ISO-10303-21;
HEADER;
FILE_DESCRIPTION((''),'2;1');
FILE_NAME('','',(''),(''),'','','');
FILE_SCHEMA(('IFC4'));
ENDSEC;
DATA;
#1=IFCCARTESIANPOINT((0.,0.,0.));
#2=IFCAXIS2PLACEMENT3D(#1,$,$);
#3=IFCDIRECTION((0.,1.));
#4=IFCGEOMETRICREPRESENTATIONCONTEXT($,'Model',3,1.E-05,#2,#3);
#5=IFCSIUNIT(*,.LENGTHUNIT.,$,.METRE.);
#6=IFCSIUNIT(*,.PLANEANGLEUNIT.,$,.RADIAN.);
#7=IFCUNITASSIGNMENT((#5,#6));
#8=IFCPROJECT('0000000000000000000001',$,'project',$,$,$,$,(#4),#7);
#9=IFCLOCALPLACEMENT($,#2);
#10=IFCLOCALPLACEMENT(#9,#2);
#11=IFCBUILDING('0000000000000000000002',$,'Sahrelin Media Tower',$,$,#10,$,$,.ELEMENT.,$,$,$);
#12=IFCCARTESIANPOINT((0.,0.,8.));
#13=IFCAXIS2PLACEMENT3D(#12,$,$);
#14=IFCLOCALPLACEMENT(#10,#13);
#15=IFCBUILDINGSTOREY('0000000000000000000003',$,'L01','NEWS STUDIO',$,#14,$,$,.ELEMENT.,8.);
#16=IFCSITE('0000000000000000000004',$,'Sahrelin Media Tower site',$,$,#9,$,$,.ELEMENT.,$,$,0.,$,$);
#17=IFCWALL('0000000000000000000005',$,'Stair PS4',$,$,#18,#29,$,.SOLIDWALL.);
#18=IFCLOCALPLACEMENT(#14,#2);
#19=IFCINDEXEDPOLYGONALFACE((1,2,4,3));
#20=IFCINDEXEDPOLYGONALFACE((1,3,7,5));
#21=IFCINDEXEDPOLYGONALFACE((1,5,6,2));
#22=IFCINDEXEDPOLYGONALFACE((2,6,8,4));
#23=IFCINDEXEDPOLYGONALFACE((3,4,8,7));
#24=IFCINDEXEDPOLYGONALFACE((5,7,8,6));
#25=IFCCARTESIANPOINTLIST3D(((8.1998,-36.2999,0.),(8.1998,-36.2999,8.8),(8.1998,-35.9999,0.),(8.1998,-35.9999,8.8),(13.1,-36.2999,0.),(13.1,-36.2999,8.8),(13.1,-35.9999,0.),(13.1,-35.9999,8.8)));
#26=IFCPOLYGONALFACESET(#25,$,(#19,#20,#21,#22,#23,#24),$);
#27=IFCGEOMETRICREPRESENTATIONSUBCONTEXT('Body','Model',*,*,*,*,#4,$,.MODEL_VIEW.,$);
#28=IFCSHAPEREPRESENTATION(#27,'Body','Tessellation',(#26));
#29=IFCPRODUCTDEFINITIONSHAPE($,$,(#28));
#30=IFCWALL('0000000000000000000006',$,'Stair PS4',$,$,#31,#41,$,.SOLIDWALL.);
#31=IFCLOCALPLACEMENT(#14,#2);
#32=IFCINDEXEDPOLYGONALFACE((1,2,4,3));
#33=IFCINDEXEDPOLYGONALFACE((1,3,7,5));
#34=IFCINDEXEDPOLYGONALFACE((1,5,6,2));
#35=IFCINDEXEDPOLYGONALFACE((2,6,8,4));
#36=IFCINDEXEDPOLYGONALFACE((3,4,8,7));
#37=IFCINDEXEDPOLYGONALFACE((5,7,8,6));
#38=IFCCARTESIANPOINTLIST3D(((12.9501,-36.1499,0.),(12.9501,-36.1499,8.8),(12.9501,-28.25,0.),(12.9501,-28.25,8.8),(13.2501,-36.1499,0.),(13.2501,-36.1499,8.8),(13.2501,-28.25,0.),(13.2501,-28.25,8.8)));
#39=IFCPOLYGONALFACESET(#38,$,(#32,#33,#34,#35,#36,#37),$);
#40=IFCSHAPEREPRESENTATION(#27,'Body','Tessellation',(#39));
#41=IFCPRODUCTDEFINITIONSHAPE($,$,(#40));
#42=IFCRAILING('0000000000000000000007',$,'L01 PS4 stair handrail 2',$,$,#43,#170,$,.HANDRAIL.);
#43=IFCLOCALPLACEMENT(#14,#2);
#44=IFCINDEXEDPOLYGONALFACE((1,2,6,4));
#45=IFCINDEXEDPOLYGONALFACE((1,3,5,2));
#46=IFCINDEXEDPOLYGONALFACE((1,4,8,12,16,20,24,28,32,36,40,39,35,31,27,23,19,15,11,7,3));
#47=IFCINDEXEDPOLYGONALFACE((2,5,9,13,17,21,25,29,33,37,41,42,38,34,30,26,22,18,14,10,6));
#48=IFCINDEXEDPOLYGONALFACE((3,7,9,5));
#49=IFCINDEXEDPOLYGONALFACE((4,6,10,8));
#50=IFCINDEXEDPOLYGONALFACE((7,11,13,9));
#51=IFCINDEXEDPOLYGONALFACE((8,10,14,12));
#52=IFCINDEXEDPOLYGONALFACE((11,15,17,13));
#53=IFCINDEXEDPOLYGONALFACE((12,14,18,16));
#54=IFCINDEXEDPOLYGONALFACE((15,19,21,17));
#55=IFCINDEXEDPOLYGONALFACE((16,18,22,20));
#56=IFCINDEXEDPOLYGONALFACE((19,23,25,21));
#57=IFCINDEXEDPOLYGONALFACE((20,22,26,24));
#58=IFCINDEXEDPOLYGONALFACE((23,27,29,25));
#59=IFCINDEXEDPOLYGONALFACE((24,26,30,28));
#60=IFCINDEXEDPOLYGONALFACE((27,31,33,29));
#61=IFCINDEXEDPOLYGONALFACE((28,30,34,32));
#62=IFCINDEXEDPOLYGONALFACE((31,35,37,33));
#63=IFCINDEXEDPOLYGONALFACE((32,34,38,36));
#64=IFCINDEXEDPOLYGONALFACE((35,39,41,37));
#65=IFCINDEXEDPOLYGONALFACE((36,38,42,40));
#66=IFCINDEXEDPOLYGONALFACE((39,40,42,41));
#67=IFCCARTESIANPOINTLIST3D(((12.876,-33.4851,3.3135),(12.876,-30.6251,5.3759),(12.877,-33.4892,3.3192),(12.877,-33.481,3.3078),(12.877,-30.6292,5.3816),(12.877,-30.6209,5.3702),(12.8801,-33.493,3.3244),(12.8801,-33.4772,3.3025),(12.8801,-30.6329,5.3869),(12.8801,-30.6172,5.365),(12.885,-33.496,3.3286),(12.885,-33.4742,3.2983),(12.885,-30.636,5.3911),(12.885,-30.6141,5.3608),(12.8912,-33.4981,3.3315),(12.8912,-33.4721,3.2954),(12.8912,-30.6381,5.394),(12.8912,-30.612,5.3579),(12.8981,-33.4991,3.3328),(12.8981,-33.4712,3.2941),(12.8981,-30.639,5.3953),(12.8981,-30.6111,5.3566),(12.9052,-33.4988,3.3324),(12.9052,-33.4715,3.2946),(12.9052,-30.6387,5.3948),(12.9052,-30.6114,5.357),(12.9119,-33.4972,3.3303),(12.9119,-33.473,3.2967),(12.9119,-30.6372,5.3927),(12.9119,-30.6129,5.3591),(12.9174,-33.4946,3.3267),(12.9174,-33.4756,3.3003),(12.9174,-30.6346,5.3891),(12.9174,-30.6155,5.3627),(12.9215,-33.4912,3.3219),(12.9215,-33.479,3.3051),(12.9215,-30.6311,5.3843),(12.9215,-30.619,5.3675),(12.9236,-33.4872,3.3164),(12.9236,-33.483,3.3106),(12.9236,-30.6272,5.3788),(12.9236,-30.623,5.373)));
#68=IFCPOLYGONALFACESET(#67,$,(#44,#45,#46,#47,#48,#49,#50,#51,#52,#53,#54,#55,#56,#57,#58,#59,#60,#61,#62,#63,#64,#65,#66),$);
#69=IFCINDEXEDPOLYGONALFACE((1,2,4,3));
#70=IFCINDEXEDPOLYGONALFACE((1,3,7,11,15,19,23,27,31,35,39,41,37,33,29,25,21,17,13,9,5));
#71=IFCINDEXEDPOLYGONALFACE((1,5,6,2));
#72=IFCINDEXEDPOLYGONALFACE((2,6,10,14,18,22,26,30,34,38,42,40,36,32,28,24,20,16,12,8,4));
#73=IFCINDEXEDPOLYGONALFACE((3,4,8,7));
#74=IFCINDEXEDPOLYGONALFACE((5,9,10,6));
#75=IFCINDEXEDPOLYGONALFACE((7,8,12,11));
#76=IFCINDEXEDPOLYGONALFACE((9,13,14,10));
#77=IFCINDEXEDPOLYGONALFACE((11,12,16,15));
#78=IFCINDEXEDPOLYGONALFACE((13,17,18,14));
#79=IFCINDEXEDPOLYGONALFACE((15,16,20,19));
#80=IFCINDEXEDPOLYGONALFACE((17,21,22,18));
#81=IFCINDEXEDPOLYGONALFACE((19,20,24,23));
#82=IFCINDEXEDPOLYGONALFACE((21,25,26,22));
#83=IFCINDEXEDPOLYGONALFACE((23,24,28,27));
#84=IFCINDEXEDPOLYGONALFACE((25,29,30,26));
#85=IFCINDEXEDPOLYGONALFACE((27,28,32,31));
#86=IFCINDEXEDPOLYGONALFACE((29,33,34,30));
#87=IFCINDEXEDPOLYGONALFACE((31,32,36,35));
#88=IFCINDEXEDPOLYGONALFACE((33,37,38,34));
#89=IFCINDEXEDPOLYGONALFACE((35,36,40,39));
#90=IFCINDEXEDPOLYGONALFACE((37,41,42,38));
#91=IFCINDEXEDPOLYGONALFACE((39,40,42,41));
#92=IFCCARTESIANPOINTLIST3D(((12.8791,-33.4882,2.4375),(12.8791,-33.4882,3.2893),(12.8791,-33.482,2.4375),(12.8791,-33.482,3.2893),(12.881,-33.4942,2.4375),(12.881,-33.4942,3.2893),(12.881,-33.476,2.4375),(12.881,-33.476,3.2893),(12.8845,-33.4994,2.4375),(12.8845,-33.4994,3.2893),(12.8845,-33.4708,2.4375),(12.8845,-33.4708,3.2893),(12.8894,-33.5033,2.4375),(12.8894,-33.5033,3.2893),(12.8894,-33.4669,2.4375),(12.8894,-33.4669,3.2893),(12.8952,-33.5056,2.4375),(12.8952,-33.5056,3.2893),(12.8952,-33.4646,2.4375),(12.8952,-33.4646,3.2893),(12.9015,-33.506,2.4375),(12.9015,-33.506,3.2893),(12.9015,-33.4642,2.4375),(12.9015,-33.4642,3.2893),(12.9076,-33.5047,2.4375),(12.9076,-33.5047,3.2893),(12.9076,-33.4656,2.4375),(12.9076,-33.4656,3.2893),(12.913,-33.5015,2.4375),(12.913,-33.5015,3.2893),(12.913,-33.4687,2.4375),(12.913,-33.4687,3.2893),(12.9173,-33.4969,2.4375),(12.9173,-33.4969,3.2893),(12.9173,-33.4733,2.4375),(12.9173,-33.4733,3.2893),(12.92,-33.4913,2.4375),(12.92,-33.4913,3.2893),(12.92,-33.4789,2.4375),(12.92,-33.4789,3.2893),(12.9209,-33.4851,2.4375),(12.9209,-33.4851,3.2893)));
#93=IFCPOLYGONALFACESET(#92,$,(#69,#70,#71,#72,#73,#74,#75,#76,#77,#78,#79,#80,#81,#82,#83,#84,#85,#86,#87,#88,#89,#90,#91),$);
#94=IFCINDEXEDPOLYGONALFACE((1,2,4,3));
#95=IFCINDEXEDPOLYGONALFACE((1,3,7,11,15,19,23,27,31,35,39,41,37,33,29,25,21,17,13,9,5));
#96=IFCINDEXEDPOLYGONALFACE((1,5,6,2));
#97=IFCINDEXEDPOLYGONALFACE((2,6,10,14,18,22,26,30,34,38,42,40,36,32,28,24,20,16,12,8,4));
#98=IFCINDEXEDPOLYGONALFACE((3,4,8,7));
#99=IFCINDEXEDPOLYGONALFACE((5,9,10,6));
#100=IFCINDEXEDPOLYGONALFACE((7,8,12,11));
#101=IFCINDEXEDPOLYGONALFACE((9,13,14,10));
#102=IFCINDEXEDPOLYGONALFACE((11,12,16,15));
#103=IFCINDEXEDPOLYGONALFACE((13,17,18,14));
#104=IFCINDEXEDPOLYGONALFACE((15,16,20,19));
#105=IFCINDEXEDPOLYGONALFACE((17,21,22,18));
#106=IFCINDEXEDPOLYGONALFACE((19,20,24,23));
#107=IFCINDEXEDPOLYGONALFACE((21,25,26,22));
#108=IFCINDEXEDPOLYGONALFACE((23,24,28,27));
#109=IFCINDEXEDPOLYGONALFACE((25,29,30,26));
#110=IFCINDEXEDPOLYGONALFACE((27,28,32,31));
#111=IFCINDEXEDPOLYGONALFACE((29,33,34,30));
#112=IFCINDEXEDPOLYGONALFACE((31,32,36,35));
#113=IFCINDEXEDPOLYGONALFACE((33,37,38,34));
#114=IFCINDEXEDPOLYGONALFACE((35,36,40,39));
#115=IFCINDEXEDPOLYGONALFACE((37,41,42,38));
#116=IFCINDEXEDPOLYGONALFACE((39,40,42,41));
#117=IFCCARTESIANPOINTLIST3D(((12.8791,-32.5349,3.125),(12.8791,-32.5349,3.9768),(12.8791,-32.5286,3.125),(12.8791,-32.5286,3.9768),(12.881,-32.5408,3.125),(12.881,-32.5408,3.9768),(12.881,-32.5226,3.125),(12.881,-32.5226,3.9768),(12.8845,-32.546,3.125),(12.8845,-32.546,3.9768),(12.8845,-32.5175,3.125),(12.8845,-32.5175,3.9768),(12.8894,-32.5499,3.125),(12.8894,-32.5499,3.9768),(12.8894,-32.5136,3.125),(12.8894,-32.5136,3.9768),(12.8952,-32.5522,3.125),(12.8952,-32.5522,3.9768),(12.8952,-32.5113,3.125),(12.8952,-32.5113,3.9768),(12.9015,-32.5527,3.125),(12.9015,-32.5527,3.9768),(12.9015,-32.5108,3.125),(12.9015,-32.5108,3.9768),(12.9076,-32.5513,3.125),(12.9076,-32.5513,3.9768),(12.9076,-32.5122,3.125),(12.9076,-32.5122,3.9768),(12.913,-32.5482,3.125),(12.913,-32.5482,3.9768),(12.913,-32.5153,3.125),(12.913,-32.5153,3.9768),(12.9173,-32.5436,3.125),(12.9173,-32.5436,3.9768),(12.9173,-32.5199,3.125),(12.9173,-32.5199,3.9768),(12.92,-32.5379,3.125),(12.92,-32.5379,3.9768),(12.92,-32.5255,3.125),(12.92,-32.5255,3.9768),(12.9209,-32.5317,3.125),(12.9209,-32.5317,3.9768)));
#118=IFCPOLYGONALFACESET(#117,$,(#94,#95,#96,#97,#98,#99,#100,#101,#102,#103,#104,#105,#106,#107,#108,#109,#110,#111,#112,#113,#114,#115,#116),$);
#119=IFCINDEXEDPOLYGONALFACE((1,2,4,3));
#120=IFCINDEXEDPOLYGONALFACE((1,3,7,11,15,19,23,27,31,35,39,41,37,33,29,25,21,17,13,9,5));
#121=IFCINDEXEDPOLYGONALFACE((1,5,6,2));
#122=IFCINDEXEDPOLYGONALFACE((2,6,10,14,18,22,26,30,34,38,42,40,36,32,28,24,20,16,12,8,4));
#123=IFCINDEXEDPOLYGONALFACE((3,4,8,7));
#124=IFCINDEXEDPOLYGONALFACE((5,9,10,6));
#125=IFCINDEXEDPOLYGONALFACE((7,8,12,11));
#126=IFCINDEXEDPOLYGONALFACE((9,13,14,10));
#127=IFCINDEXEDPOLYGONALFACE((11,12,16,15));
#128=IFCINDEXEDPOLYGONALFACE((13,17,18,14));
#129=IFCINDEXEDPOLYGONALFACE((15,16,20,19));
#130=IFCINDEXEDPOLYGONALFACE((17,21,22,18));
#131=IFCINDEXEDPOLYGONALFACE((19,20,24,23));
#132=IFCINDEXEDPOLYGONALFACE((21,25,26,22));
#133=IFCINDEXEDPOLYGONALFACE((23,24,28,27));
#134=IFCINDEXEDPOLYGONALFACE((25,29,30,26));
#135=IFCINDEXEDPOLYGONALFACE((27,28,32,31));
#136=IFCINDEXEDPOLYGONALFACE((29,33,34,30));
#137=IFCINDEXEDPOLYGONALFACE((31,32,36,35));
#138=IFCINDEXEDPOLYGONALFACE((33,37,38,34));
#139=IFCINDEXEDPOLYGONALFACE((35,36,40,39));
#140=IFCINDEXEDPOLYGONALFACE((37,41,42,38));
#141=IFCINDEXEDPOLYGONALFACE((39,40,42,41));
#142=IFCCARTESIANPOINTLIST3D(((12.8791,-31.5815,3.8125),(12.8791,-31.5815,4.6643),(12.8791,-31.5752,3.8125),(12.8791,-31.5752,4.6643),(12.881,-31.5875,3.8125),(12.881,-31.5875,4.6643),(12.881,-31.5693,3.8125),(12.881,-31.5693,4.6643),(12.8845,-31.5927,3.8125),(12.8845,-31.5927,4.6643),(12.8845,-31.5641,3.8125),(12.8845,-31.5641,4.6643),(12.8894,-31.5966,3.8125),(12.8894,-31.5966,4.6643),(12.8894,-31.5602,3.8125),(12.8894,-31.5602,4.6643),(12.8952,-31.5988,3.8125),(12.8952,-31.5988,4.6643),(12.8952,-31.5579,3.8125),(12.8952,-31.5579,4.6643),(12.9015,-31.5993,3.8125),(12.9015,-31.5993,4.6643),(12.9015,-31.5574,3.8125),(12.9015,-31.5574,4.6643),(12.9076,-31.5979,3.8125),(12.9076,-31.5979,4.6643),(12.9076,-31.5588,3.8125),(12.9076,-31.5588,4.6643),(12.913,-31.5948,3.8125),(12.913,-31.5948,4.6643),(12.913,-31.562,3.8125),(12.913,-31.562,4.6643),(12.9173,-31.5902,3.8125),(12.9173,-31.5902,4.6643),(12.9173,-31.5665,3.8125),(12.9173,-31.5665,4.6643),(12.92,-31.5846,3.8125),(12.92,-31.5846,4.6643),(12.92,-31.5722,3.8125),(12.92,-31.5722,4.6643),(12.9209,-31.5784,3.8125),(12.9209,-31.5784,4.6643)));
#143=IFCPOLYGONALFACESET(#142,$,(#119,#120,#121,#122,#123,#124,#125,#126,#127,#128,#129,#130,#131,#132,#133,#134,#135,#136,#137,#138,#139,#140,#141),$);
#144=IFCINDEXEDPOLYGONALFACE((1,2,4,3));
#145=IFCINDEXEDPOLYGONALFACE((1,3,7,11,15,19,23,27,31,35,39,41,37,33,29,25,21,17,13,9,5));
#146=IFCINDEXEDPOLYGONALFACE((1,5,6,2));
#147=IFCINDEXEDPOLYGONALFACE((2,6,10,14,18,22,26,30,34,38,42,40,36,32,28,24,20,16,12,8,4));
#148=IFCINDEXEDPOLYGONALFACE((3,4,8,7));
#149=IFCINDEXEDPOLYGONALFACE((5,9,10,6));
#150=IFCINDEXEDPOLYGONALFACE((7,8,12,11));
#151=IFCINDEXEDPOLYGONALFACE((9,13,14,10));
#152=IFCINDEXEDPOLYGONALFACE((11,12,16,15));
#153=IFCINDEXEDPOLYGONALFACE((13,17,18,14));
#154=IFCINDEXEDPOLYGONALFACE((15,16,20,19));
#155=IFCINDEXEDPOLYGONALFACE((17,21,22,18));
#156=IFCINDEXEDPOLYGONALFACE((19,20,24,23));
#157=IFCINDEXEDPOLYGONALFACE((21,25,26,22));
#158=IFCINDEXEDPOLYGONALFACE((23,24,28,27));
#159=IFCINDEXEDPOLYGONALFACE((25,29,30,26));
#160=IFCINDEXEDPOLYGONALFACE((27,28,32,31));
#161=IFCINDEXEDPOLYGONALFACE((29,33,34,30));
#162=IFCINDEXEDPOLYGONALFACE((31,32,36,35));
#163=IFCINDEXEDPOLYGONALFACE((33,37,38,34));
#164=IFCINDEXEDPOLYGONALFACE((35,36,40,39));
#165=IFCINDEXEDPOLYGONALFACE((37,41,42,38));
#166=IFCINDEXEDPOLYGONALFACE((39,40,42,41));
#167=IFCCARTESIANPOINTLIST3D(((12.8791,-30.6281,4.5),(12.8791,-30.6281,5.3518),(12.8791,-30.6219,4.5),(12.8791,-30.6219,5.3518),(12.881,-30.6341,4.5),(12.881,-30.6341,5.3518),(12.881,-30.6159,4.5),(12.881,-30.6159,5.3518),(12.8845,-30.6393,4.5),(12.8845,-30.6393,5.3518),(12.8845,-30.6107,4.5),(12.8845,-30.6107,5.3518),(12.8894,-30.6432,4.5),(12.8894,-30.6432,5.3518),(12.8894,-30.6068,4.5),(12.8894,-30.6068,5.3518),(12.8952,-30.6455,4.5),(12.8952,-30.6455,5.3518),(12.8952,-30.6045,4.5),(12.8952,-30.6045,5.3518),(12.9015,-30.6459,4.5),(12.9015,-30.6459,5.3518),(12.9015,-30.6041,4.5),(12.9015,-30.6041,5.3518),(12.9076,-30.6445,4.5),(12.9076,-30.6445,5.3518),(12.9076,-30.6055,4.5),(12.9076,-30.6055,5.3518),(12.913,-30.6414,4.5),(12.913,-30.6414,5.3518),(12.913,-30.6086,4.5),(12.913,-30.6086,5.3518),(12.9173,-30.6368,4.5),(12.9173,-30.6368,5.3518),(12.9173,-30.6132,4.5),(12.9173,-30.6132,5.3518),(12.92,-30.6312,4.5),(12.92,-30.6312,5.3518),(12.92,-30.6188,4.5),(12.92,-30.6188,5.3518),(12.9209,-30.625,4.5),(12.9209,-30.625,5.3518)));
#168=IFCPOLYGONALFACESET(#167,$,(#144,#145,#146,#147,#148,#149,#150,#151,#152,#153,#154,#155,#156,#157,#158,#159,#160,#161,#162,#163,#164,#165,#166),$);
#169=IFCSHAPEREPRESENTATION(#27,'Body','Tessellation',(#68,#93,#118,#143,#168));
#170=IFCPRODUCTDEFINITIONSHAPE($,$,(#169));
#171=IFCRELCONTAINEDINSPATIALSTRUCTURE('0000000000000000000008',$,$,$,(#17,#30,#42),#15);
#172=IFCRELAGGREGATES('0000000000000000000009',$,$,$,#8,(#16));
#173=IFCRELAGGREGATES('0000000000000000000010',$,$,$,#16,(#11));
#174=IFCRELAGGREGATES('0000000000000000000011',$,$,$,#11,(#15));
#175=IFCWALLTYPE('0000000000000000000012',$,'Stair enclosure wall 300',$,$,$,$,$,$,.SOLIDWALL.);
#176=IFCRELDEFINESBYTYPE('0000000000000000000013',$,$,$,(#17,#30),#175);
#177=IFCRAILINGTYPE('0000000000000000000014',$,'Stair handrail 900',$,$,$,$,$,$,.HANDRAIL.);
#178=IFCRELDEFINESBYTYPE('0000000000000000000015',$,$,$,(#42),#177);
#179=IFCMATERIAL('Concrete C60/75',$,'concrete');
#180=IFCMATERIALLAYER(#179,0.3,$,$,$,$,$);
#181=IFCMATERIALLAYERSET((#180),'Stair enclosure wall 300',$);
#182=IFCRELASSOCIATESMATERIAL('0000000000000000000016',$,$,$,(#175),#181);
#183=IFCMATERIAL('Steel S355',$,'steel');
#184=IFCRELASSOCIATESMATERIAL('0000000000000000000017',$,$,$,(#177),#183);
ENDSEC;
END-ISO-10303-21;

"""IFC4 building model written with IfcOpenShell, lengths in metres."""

from ifc_helpers import new_model, si_unit, direction, frame, frame_2d, origin, origin_2d, place, context, subcontext, project, spatial, rectangle, circle, extrude, material, layer, layer_set, type_object, element, save


model = new_model("IFC4")

# Units and contexts
model_context = context("Model", 3, precision=1e-05, world=origin(), true_north=direction((0.0, 1.0)))
body_context = subcontext(model_context, "Body", "Model", "MODEL_VIEW")
ifc_project = project(units=[si_unit("LENGTHUNIT", "METRE"), si_unit("PLANEANGLEUNIT", "RADIAN")], contexts=[model_context])

# Site, building, storey
site_placement = place(None, origin())
site = spatial("IfcSite", under=ifc_project, at=site_placement, Name="Sahrelin Media Tower site", CompositionType="ELEMENT", RefElevation=0.0)
building_placement = place(site_placement, origin())
building = spatial("IfcBuilding", under=site, at=building_placement, Name="Sahrelin Media Tower", CompositionType="ELEMENT")
storey_placement = place(building_placement, frame((0.0, 0.0, 8.0)))
storey = spatial("IfcBuildingStorey", under=building, at=storey_placement, Name="L01", Description="NEWS STUDIO", CompositionType="ELEMENT", Elevation=8.0)

# Shared definitions
ifc_material_1 = material(Name="Steel S355", Category="steel")

# Walls
ifc_material_2 = material(Name="Concrete C60/75", Category="concrete")
ifc_layer_1 = layer(ifc_material_2, 0.3)
ifc_layer_set_1 = layer_set([ifc_layer_1], Name="Stair enclosure wall 300")
wall_type_1 = type_object("IfcWallType", Name="Stair enclosure wall 300", PredefinedType="SOLIDWALL", material=ifc_layer_set_1)
wall_1_placement = place(storey_placement, frame((13.1001, -36.1499, 0.0), z_axis=(0.0, 0.0, 1.0), x_axis=(-1.0, 0.0, 0.0)))
element("IfcWall", 1, at=wall_1_placement, inside=storey, type_object=wall_type_1, Name="Stair PS4", PredefinedType="SOLIDWALL", context=body_context, shape_type="SweptSolid", body=[
    extrude(rectangle(XDim=4.9001, YDim=0.3, at=frame_2d((2.4502, 0.0))), origin(), (0.0, 0.0, 1.0), 8.8),
])
wall_2_placement = place(storey_placement, frame((13.1001, -28.25, 0.0), z_axis=(0.0, 0.0, 1.0), x_axis=(0.0, -1.0, 0.0)))
element("IfcWall", 2, at=wall_2_placement, inside=storey, type_object=wall_type_1, Name="Stair PS4", PredefinedType="SOLIDWALL", context=body_context, shape_type="SweptSolid", body=[
    extrude(rectangle(XDim=7.8999, YDim=0.3, at=frame_2d((3.95, 0.0))), origin(), (0.0, 0.0, 1.0), 8.8),
])

# Railing
railing_type = type_object("IfcRailingType", Name="Stair handrail 900", PredefinedType="HANDRAIL", material=ifc_material_1)
for number, where, name in (
    (3, (12.8999, -33.4851, 2.4375), "L01 PS4 stair handrail 2"),
):
    element("IfcRailing", number, at=place(storey_placement, frame(where)), inside=storey, type_object=railing_type, Name=name, PredefinedType="HANDRAIL", context=body_context, shape_type="SweptSolid", body=[
        extrude(circle(Radius=0.0239, at=origin_2d()), frame((0.0, 0.0, 0.876), z_axis=(0.0, 0.811101, 0.584906), x_axis=(-1.0, 0.0, 0.0)), (0.0, 0.0, 1.0), 3.5261),
        extrude(circle(Radius=0.021, at=origin_2d()), origin(), (0.0, 0.0, 1.0), 0.8518),
        extrude(circle(Radius=0.021, at=origin_2d()), frame((0.0, 0.9534, 0.6875)), (0.0, 0.0, 1.0), 0.8518),
        extrude(circle(Radius=0.021, at=origin_2d()), frame((0.0, 1.9067, 1.375)), (0.0, 0.0, 1.0), 0.8518),
        extrude(circle(Radius=0.021, at=origin_2d()), frame((0.0, 2.8601, 2.0625)), (0.0, 0.0, 1.0), 0.8518),
    ])

save(model, "model.ifc")
